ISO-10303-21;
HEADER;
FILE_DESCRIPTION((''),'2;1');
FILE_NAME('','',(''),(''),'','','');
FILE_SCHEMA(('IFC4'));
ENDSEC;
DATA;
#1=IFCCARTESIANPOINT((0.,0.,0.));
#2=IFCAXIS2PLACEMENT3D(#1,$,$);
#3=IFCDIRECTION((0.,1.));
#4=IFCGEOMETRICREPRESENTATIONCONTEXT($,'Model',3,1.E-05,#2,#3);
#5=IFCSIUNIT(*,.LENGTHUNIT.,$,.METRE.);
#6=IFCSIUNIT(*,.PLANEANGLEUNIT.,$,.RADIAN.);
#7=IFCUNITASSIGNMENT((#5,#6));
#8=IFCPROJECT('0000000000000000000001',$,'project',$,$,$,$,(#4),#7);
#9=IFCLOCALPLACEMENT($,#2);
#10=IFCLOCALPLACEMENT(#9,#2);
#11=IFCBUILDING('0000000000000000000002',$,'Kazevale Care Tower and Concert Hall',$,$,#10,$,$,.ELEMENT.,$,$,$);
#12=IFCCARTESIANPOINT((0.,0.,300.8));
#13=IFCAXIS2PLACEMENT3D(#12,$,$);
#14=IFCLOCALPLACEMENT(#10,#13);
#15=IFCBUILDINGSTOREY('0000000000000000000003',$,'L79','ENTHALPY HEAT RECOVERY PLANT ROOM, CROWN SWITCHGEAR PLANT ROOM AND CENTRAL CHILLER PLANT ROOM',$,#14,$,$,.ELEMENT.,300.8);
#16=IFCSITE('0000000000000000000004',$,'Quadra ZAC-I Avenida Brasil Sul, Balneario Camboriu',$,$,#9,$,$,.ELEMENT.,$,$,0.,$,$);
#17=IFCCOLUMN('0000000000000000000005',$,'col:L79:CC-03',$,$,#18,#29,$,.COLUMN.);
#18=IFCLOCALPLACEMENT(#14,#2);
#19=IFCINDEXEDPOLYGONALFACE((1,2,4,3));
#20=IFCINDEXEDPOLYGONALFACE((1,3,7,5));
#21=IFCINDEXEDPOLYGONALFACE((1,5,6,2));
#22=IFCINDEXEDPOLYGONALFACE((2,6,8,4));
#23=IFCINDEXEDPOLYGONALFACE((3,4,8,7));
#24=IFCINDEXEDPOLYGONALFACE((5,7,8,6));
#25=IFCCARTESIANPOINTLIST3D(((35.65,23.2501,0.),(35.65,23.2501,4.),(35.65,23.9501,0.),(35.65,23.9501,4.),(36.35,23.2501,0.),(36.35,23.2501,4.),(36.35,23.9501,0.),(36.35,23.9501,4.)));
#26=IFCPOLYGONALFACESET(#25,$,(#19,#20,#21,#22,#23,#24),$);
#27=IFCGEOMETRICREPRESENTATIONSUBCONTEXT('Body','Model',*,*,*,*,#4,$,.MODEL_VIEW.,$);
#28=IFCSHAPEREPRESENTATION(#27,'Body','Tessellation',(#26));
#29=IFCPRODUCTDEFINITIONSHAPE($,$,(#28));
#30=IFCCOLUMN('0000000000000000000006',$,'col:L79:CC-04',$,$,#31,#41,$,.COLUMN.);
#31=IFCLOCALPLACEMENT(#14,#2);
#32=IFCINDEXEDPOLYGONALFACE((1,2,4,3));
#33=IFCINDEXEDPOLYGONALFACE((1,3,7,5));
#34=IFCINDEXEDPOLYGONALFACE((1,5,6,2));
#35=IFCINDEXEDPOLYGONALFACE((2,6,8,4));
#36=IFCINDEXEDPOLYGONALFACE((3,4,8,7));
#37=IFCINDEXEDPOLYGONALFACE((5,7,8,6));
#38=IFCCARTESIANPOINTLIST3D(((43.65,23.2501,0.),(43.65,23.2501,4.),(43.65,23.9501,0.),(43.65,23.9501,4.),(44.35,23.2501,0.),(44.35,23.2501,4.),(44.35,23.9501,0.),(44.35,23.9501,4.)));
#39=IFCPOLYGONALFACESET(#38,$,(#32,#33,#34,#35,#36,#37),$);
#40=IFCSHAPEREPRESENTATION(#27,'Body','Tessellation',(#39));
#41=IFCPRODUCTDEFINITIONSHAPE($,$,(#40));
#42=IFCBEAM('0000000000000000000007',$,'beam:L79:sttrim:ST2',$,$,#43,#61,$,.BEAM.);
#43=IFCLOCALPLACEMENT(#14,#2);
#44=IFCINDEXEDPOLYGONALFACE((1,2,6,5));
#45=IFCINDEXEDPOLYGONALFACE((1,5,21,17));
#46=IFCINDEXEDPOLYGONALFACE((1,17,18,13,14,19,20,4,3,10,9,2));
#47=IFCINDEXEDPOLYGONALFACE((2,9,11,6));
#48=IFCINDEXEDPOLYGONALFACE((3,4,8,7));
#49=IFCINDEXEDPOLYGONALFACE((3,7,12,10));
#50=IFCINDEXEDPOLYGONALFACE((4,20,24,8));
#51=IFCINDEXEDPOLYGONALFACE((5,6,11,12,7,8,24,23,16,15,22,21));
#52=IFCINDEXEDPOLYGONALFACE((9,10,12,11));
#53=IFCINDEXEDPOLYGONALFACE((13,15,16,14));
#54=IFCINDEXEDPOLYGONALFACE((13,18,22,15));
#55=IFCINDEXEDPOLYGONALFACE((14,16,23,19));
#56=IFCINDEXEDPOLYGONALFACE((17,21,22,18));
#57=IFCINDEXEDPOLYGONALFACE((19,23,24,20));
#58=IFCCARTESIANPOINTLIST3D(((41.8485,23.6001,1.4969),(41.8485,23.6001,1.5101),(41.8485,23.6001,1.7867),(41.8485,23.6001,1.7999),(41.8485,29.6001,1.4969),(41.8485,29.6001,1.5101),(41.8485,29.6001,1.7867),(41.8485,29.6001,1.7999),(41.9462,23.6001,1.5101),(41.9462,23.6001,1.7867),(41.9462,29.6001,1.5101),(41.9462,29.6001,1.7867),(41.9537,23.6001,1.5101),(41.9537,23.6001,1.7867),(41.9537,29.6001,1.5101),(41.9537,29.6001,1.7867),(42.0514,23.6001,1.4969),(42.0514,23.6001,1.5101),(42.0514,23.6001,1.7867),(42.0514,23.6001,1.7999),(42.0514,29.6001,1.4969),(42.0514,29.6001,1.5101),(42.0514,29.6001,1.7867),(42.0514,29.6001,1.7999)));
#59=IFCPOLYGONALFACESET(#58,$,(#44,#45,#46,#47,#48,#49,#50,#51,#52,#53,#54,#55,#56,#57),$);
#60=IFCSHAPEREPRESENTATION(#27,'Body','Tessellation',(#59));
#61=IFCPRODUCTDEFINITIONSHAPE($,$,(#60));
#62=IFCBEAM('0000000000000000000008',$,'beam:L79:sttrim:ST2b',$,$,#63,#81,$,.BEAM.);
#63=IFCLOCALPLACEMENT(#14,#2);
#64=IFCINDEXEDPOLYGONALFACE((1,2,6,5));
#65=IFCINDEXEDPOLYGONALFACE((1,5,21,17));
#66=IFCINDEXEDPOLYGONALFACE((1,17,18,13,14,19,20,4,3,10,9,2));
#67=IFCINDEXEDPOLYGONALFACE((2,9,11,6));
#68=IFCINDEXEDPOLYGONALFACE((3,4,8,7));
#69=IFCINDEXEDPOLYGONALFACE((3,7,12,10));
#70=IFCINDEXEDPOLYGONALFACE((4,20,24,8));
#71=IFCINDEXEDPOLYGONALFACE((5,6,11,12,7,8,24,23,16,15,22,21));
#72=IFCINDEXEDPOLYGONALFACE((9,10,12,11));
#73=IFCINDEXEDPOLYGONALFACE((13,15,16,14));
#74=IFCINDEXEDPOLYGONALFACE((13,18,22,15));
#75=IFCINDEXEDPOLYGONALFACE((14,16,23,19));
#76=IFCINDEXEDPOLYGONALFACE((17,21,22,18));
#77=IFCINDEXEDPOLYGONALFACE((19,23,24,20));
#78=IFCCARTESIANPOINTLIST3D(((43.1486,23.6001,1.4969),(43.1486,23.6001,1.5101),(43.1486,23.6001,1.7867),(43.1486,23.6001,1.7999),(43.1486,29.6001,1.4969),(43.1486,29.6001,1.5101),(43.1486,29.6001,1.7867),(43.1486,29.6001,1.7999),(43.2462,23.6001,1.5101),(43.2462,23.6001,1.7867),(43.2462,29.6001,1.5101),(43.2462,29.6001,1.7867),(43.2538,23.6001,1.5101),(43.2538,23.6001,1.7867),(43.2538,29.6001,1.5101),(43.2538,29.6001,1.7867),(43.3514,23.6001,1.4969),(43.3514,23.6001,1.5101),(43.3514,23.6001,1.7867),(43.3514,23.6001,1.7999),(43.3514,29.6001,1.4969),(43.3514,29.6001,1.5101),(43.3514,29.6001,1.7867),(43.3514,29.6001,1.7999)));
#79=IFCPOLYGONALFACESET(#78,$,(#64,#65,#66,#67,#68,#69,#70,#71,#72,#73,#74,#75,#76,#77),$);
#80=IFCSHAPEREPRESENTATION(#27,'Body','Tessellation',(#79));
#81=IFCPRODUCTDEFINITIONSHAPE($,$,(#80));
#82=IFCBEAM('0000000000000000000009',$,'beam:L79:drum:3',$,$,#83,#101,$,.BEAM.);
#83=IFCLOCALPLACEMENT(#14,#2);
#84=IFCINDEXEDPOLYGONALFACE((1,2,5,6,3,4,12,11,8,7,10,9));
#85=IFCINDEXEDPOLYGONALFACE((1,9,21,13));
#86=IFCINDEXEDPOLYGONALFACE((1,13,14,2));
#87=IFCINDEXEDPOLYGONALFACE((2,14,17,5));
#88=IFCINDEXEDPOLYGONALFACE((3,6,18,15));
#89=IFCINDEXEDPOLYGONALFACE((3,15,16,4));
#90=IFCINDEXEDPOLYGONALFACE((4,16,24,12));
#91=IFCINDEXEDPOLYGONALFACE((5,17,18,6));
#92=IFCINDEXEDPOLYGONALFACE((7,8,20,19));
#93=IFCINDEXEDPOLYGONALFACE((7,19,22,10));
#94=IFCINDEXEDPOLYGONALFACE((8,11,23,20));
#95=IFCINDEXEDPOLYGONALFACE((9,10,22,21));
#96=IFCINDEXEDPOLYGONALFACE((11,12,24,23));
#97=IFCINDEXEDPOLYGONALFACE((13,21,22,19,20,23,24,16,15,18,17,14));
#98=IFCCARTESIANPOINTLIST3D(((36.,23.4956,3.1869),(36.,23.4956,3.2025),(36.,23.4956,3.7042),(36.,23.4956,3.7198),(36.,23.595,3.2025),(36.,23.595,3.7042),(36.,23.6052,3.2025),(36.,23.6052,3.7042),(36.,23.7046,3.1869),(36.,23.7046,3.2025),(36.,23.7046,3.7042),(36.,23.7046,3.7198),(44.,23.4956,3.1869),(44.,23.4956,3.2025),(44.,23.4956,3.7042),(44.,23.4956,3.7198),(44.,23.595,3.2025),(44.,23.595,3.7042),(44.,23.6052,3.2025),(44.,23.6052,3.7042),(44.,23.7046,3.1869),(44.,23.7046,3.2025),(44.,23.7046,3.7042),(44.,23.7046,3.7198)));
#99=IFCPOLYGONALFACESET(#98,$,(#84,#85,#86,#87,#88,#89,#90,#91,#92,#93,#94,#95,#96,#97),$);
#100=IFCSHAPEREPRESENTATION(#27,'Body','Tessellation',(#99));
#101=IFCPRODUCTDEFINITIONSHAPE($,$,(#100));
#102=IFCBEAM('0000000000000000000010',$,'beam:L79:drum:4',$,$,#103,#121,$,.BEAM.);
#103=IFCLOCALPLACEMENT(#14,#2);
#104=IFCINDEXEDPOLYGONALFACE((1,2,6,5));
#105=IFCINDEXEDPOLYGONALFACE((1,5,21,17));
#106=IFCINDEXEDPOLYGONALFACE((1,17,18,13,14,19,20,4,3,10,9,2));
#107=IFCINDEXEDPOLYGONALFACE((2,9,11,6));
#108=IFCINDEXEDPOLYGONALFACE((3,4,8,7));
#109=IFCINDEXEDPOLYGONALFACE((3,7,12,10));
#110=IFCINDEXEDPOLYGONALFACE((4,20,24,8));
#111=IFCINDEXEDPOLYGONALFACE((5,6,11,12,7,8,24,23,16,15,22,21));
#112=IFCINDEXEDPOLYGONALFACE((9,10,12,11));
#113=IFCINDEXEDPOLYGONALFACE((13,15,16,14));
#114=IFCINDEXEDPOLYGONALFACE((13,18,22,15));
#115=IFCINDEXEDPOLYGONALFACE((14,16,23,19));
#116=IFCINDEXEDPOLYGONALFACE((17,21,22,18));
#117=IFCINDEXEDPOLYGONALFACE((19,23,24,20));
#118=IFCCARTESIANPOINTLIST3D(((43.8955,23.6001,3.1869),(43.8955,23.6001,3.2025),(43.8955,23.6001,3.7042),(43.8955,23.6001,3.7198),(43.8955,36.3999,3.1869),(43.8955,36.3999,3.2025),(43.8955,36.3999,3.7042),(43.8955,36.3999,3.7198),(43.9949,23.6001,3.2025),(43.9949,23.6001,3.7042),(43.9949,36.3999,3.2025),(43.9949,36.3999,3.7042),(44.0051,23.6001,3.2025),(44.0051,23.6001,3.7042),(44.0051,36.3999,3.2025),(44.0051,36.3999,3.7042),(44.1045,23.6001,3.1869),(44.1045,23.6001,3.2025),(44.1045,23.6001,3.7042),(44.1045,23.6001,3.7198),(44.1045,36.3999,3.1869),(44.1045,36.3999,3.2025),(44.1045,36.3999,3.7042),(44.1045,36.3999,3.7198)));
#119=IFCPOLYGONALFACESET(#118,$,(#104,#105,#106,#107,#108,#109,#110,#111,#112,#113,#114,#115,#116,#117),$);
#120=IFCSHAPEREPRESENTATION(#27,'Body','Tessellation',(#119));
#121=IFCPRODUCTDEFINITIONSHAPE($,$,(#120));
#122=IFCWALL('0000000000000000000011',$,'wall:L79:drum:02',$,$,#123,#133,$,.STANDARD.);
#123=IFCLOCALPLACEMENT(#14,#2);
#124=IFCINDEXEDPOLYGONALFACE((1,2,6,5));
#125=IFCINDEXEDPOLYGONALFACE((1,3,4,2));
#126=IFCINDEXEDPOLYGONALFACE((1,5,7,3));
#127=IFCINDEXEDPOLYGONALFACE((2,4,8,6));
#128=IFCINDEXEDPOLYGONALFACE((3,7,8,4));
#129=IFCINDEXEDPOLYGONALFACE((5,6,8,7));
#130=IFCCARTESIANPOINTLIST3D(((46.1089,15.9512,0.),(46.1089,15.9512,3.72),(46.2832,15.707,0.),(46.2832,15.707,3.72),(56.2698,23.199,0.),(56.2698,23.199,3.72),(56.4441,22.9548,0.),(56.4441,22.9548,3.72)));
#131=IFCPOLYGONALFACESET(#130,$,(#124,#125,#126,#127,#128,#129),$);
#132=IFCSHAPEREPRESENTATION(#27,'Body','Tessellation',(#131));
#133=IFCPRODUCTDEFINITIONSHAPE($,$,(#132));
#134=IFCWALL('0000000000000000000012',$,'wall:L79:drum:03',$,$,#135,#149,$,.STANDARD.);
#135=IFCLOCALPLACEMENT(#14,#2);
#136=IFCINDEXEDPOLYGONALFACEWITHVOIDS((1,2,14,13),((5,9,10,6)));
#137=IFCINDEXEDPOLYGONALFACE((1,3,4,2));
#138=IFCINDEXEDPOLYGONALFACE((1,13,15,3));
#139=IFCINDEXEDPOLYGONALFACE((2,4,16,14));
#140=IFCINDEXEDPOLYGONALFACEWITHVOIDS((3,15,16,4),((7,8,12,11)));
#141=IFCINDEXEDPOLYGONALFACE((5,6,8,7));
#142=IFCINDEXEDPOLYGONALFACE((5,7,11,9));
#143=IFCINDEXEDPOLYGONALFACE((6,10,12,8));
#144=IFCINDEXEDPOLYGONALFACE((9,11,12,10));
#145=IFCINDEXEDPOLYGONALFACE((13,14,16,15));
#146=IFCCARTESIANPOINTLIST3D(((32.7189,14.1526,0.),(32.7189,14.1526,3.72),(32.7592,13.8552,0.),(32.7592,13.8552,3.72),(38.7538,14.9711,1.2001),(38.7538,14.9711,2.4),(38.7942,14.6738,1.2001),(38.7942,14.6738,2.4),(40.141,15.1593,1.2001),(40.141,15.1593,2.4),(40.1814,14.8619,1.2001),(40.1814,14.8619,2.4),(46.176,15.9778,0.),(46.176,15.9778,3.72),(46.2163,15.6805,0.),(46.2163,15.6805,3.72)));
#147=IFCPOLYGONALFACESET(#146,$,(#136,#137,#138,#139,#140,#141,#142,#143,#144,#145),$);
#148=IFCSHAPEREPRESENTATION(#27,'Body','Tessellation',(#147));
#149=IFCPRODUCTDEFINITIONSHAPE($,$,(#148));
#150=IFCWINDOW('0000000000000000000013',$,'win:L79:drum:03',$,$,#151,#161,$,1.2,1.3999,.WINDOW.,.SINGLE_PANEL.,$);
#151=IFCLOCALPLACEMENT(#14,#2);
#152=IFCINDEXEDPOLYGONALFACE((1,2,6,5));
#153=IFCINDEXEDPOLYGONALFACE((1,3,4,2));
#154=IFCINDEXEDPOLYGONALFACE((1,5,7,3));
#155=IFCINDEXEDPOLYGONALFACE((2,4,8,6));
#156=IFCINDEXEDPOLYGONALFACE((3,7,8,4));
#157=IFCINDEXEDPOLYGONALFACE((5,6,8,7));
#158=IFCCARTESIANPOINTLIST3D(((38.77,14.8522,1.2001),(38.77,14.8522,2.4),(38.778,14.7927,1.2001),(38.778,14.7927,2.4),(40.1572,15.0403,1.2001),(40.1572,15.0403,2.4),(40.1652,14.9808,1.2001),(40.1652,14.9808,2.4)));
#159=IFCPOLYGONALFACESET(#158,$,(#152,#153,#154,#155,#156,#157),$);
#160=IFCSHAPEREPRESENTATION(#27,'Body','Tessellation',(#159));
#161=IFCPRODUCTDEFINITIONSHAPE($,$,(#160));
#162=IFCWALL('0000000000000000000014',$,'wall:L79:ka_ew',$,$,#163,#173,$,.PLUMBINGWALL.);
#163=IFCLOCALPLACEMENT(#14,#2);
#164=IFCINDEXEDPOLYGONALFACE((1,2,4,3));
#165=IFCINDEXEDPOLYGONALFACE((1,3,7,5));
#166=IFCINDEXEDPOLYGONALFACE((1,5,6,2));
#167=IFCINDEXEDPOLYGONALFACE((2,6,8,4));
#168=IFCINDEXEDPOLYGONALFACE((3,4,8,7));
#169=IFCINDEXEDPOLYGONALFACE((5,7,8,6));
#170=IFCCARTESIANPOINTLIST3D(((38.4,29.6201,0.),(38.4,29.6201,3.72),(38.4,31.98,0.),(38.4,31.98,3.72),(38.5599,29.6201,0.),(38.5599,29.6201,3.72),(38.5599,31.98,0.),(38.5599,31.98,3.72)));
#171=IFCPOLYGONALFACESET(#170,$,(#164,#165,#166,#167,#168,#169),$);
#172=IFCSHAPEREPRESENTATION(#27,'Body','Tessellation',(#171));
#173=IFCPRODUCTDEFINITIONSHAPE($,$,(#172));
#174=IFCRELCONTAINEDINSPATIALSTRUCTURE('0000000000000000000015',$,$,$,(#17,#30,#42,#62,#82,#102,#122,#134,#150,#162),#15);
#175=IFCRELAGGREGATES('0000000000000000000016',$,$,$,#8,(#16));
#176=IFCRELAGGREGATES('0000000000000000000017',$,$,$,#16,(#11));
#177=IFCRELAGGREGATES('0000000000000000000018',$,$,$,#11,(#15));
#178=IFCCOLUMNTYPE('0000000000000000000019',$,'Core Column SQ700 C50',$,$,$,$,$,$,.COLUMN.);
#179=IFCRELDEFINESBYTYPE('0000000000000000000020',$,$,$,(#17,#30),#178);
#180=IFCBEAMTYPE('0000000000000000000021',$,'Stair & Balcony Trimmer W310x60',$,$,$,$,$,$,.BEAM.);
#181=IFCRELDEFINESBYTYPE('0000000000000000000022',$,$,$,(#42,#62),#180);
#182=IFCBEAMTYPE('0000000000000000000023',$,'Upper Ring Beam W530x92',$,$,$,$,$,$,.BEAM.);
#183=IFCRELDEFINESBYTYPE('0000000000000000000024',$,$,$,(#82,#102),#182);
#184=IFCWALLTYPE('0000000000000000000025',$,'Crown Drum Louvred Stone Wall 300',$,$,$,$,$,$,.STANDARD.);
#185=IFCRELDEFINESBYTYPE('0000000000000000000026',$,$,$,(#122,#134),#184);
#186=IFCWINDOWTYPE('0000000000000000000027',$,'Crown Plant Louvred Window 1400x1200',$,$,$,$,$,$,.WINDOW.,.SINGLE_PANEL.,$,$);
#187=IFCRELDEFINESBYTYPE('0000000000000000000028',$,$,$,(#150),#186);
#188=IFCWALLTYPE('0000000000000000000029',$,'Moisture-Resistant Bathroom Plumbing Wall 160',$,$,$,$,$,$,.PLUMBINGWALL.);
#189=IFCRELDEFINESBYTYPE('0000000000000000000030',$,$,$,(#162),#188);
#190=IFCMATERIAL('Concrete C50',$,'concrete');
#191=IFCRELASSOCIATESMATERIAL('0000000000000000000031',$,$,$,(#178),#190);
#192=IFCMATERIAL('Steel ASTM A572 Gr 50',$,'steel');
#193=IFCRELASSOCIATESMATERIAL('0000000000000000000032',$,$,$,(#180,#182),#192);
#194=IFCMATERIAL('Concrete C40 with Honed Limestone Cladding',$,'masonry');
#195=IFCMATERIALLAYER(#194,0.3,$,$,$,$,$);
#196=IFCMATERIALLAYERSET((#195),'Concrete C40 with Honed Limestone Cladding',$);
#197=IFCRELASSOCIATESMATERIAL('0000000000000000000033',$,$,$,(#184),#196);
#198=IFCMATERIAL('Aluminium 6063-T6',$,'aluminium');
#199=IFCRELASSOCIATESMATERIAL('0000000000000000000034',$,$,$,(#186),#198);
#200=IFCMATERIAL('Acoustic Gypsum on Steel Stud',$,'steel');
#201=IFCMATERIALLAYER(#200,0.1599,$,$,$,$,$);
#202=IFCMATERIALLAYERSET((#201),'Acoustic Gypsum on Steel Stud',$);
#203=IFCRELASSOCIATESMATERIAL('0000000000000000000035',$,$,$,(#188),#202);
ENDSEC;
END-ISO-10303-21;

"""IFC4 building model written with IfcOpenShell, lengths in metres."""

from ifc_helpers import new_model, si_unit, direction, frame, frame_2d, origin, origin_2d, place, context, subcontext, project, spatial, rectangle, i_section, extrude, material, layer, layer_set, material_profile, profile_set, type_object, element, fill, save


model = new_model("IFC4")

# Units and contexts
model_context = context("Model", 3, precision=1e-05, world=origin(), true_north=direction((0.0, 1.0)))
body_context = subcontext(model_context, "Body", "Model", "MODEL_VIEW")
ifc_project = project(units=[si_unit("LENGTHUNIT", "METRE"), si_unit("PLANEANGLEUNIT", "RADIAN")], contexts=[model_context])

# Site, building, storey
site_placement = place(None, origin())
site = spatial("IfcSite", under=ifc_project, at=site_placement, Name="Quadra ZAC-I Avenida Brasil Sul, Balneario Camboriu", CompositionType="ELEMENT", RefElevation=0.0)
building_placement = place(site_placement, origin())
building = spatial("IfcBuilding", under=site, at=building_placement, Name="Kazevale Care Tower and Concert Hall", CompositionType="ELEMENT")
storey_placement = place(building_placement, frame((0.0, 0.0, 300.8)))
storey = spatial("IfcBuildingStorey", under=building, at=storey_placement, Name="L79", Description="ENTHALPY HEAT RECOVERY PLANT ROOM, CROWN SWITCHGEAR PLANT ROOM AND CENTRAL CHILLER PLANT ROOM", CompositionType="ELEMENT", Elevation=300.8)

# Columns
ifc_material_1 = material(Name="Concrete C50", Category="concrete")
ifc_material_profile_1 = material_profile(ifc_material_1, rectangle(XDim=0.7, YDim=0.7, at=origin_2d()), Name="RC-SQ700")
ifc_profile_set_1 = profile_set([ifc_material_profile_1], Name="Concrete C50")
column_type = type_object("IfcColumnType", Name="Core Column SQ700 C50", PredefinedType="COLUMN", material=ifc_profile_set_1)
for number, where, z_axis, x_axis, name in (
    (1, (36.0, 23.6001, 0.0), (0.0, 0.0, 1.0), (1.0, 0.0, 0.0), "col:L79:CC-03"),
    (2, (44.0, 23.6001, 0.0), (0.0, 0.0, 1.0), (1.0, 0.0, 0.0), "col:L79:CC-04"),
):
    element("IfcColumn", number, at=place(storey_placement, frame(where, z_axis=z_axis, x_axis=x_axis)), inside=storey, type_object=column_type, Name=name, PredefinedType="COLUMN", context=body_context, shape_type="SweptSolid", body=[
        extrude(rectangle(XDim=0.7, YDim=0.7, at=origin_2d()), origin(), (0.0, 0.0, 1.0), 4.0),
    ])

# Beams
ifc_material_2 = material(Name="Steel ASTM A572 Gr 50", Category="steel")
ifc_material_profile_2 = material_profile(ifc_material_2, i_section(OverallWidth=0.2029, OverallDepth=0.303, WebThickness=0.0076, FlangeThickness=0.0132, at=origin_2d()), Name="W310x60")
ifc_profile_set_2 = profile_set([ifc_material_profile_2], Name="Steel ASTM A572 Gr 50")
beam_type_1 = type_object("IfcBeamType", Name="Stair & Balcony Trimmer W310x60", PredefinedType="BEAM", material=ifc_profile_set_2)
for number, where, z_axis, x_axis, name in (
    (3, (41.95, 23.6001, 1.6484), (0.0, 1.0, 0.0), (-1.0, 0.0, 0.0), "beam:L79:sttrim:ST2"),
    (4, (43.25, 23.6001, 1.6484), (0.0, 1.0, 0.0), (-1.0, 0.0, 0.0), "beam:L79:sttrim:ST2b"),
):
    element("IfcBeam", number, at=place(storey_placement, frame(where, z_axis=z_axis, x_axis=x_axis)), inside=storey, type_object=beam_type_1, Name=name, PredefinedType="BEAM", context=body_context, shape_type="SweptSolid", body=[
        extrude(i_section(OverallWidth=0.2029, OverallDepth=0.303, WebThickness=0.0076, FlangeThickness=0.0132, at=origin_2d()), origin(), (0.0, 0.0, 1.0), 6.0),
    ])
ifc_material_profile_3 = material_profile(ifc_material_2, i_section(OverallWidth=0.209, OverallDepth=0.533, WebThickness=0.0103, FlangeThickness=0.0156, at=origin_2d()), Name="W530x92")
ifc_profile_set_3 = profile_set([ifc_material_profile_3], Name="Steel ASTM A572 Gr 50")
beam_type_2 = type_object("IfcBeamType", Name="Upper Ring Beam W530x92", PredefinedType="BEAM", material=ifc_profile_set_3)
beam_1_placement = place(storey_placement, frame((36.0, 23.6001, 3.4534), z_axis=(1.0, 0.0, 0.0), x_axis=(0.0, 1.0, 0.0)))
element("IfcBeam", 5, at=beam_1_placement, inside=storey, type_object=beam_type_2, Name="beam:L79:drum:3", PredefinedType="BEAM", context=body_context, shape_type="SweptSolid", body=[
    extrude(i_section(OverallWidth=0.209, OverallDepth=0.533, WebThickness=0.0103, FlangeThickness=0.0156, at=origin_2d()), origin(), (0.0, 0.0, 1.0), 8.0),
])
beam_2_placement = place(storey_placement, frame((44.0, 23.6001, 3.4534), z_axis=(0.0, 1.0, 0.0), x_axis=(-1.0, 0.0, 0.0)))
element("IfcBeam", 6, at=beam_2_placement, inside=storey, type_object=beam_type_2, Name="beam:L79:drum:4", PredefinedType="BEAM", context=body_context, shape_type="SweptSolid", body=[
    extrude(i_section(OverallWidth=0.209, OverallDepth=0.533, WebThickness=0.0103, FlangeThickness=0.0156, at=origin_2d()), origin(), (0.0, 0.0, 1.0), 12.7998),
])

# Wall
ifc_material_3 = material(Name="Concrete C40 with Honed Limestone Cladding", Category="masonry")
ifc_layer_1 = layer(ifc_material_3, 0.3)
ifc_layer_set_1 = layer_set([ifc_layer_1], Name="Concrete C40 with Honed Limestone Cladding")
wall_type_1 = type_object("IfcWallType", Name="Crown Drum Louvred Stone Wall 300", PredefinedType="STANDARD", material=ifc_layer_set_1)
wall_1_placement = place(storey_placement, frame((56.3569, 23.0769, 0.0), z_axis=(0.0, 0.0, 1.0), x_axis=(-0.814111, -0.580709, 0.0)))
element("IfcWall", 7, at=wall_1_placement, inside=storey, type_object=wall_type_1, Name="wall:L79:drum:02", PredefinedType="STANDARD", context=body_context, shape_type="SweptSolid", body=[
    extrude(rectangle(XDim=12.481, YDim=0.3, at=frame_2d((6.2405, 0.0))), origin(), (0.0, 0.0, 1.0), 3.72),
])

# Wall, opening, window
wall_2_placement = place(storey_placement, frame((46.196, 15.8291, 0.0), z_axis=(0.0, 0.0, 1.0), x_axis=(-0.990927, -0.134401, 0.0)))
wall_2 = element("IfcWall", 8, at=wall_2_placement, inside=storey, type_object=wall_type_1, Name="wall:L79:drum:03", PredefinedType="STANDARD", context=body_context, shape_type="SweptSolid", body=[
    extrude(rectangle(XDim=13.5803, YDim=0.3, at=frame_2d((6.79, 0.0))), origin(), (0.0, 0.0, 1.0), 3.72),
])
opening_1_placement = place(wall_2_placement, frame((6.0901, 0.0, 1.2)))
opening_1 = element("IfcOpeningElement", 9, at=opening_1_placement, cuts=wall_2, PredefinedType="OPENING", context=body_context, shape_type="SweptSolid", body=[
    extrude(rectangle(XDim=1.3999, YDim=1.2, at=frame_2d((0.7, 0.6001))), frame((0.0, 0.1599, 0.0), z_axis=(0.0, -1.0, 0.0), x_axis=(1.0, 0.0, 0.0)), (0.0, 0.0, 1.0), 0.3201),
])
ifc_material_4 = material(Name="Aluminium 6063-T6", Category="aluminium")
window_type = type_object("IfcWindowType", Name="Crown Plant Louvred Window 1400x1200", PartitioningType="SINGLE_PANEL", PredefinedType="WINDOW", material=ifc_material_4)
window_placement = place(opening_1_placement, origin())
window = element("IfcWindow", 10, at=window_placement, inside=storey, type_object=window_type, Name="win:L79:drum:03", OverallHeight=1.2, OverallWidth=1.3999, PartitioningType="SINGLE_PANEL", PredefinedType="WINDOW", context=body_context, shape_type="SweptSolid", body=[
    extrude(rectangle(XDim=1.3999, YDim=1.2, at=frame_2d((0.7, 0.6001))), frame((0.0, 0.03, 0.0), z_axis=(0.0, -1.0, 0.0), x_axis=(1.0, 0.0, 0.0)), (0.0, 0.0, 1.0), 0.0601),
])
fill(opening_1, window)

# Wall
ifc_material_5 = material(Name="Acoustic Gypsum on Steel Stud", Category="steel")
ifc_layer_2 = layer(ifc_material_5, 0.1599)
ifc_layer_set_2 = layer_set([ifc_layer_2], Name="Acoustic Gypsum on Steel Stud")
wall_type_2 = type_object("IfcWallType", Name="Moisture-Resistant Bathroom Plumbing Wall 160", PredefinedType="PLUMBINGWALL", material=ifc_layer_set_2)
wall_3_placement = place(storey_placement, frame((38.48, 29.6201, 0.0), z_axis=(0.0, 0.0, 1.0), x_axis=(0.0, 1.0, 0.0)))
element("IfcWall", 11, at=wall_3_placement, inside=storey, type_object=wall_type_2, Name="wall:L79:ka_ew", PredefinedType="PLUMBINGWALL", context=body_context, shape_type="SweptSolid", body=[
    extrude(rectangle(XDim=2.3599, YDim=0.1599, at=frame_2d((1.1799, 0.0))), origin(), (0.0, 0.0, 1.0), 3.72),
])

save(model, "model.ifc")
